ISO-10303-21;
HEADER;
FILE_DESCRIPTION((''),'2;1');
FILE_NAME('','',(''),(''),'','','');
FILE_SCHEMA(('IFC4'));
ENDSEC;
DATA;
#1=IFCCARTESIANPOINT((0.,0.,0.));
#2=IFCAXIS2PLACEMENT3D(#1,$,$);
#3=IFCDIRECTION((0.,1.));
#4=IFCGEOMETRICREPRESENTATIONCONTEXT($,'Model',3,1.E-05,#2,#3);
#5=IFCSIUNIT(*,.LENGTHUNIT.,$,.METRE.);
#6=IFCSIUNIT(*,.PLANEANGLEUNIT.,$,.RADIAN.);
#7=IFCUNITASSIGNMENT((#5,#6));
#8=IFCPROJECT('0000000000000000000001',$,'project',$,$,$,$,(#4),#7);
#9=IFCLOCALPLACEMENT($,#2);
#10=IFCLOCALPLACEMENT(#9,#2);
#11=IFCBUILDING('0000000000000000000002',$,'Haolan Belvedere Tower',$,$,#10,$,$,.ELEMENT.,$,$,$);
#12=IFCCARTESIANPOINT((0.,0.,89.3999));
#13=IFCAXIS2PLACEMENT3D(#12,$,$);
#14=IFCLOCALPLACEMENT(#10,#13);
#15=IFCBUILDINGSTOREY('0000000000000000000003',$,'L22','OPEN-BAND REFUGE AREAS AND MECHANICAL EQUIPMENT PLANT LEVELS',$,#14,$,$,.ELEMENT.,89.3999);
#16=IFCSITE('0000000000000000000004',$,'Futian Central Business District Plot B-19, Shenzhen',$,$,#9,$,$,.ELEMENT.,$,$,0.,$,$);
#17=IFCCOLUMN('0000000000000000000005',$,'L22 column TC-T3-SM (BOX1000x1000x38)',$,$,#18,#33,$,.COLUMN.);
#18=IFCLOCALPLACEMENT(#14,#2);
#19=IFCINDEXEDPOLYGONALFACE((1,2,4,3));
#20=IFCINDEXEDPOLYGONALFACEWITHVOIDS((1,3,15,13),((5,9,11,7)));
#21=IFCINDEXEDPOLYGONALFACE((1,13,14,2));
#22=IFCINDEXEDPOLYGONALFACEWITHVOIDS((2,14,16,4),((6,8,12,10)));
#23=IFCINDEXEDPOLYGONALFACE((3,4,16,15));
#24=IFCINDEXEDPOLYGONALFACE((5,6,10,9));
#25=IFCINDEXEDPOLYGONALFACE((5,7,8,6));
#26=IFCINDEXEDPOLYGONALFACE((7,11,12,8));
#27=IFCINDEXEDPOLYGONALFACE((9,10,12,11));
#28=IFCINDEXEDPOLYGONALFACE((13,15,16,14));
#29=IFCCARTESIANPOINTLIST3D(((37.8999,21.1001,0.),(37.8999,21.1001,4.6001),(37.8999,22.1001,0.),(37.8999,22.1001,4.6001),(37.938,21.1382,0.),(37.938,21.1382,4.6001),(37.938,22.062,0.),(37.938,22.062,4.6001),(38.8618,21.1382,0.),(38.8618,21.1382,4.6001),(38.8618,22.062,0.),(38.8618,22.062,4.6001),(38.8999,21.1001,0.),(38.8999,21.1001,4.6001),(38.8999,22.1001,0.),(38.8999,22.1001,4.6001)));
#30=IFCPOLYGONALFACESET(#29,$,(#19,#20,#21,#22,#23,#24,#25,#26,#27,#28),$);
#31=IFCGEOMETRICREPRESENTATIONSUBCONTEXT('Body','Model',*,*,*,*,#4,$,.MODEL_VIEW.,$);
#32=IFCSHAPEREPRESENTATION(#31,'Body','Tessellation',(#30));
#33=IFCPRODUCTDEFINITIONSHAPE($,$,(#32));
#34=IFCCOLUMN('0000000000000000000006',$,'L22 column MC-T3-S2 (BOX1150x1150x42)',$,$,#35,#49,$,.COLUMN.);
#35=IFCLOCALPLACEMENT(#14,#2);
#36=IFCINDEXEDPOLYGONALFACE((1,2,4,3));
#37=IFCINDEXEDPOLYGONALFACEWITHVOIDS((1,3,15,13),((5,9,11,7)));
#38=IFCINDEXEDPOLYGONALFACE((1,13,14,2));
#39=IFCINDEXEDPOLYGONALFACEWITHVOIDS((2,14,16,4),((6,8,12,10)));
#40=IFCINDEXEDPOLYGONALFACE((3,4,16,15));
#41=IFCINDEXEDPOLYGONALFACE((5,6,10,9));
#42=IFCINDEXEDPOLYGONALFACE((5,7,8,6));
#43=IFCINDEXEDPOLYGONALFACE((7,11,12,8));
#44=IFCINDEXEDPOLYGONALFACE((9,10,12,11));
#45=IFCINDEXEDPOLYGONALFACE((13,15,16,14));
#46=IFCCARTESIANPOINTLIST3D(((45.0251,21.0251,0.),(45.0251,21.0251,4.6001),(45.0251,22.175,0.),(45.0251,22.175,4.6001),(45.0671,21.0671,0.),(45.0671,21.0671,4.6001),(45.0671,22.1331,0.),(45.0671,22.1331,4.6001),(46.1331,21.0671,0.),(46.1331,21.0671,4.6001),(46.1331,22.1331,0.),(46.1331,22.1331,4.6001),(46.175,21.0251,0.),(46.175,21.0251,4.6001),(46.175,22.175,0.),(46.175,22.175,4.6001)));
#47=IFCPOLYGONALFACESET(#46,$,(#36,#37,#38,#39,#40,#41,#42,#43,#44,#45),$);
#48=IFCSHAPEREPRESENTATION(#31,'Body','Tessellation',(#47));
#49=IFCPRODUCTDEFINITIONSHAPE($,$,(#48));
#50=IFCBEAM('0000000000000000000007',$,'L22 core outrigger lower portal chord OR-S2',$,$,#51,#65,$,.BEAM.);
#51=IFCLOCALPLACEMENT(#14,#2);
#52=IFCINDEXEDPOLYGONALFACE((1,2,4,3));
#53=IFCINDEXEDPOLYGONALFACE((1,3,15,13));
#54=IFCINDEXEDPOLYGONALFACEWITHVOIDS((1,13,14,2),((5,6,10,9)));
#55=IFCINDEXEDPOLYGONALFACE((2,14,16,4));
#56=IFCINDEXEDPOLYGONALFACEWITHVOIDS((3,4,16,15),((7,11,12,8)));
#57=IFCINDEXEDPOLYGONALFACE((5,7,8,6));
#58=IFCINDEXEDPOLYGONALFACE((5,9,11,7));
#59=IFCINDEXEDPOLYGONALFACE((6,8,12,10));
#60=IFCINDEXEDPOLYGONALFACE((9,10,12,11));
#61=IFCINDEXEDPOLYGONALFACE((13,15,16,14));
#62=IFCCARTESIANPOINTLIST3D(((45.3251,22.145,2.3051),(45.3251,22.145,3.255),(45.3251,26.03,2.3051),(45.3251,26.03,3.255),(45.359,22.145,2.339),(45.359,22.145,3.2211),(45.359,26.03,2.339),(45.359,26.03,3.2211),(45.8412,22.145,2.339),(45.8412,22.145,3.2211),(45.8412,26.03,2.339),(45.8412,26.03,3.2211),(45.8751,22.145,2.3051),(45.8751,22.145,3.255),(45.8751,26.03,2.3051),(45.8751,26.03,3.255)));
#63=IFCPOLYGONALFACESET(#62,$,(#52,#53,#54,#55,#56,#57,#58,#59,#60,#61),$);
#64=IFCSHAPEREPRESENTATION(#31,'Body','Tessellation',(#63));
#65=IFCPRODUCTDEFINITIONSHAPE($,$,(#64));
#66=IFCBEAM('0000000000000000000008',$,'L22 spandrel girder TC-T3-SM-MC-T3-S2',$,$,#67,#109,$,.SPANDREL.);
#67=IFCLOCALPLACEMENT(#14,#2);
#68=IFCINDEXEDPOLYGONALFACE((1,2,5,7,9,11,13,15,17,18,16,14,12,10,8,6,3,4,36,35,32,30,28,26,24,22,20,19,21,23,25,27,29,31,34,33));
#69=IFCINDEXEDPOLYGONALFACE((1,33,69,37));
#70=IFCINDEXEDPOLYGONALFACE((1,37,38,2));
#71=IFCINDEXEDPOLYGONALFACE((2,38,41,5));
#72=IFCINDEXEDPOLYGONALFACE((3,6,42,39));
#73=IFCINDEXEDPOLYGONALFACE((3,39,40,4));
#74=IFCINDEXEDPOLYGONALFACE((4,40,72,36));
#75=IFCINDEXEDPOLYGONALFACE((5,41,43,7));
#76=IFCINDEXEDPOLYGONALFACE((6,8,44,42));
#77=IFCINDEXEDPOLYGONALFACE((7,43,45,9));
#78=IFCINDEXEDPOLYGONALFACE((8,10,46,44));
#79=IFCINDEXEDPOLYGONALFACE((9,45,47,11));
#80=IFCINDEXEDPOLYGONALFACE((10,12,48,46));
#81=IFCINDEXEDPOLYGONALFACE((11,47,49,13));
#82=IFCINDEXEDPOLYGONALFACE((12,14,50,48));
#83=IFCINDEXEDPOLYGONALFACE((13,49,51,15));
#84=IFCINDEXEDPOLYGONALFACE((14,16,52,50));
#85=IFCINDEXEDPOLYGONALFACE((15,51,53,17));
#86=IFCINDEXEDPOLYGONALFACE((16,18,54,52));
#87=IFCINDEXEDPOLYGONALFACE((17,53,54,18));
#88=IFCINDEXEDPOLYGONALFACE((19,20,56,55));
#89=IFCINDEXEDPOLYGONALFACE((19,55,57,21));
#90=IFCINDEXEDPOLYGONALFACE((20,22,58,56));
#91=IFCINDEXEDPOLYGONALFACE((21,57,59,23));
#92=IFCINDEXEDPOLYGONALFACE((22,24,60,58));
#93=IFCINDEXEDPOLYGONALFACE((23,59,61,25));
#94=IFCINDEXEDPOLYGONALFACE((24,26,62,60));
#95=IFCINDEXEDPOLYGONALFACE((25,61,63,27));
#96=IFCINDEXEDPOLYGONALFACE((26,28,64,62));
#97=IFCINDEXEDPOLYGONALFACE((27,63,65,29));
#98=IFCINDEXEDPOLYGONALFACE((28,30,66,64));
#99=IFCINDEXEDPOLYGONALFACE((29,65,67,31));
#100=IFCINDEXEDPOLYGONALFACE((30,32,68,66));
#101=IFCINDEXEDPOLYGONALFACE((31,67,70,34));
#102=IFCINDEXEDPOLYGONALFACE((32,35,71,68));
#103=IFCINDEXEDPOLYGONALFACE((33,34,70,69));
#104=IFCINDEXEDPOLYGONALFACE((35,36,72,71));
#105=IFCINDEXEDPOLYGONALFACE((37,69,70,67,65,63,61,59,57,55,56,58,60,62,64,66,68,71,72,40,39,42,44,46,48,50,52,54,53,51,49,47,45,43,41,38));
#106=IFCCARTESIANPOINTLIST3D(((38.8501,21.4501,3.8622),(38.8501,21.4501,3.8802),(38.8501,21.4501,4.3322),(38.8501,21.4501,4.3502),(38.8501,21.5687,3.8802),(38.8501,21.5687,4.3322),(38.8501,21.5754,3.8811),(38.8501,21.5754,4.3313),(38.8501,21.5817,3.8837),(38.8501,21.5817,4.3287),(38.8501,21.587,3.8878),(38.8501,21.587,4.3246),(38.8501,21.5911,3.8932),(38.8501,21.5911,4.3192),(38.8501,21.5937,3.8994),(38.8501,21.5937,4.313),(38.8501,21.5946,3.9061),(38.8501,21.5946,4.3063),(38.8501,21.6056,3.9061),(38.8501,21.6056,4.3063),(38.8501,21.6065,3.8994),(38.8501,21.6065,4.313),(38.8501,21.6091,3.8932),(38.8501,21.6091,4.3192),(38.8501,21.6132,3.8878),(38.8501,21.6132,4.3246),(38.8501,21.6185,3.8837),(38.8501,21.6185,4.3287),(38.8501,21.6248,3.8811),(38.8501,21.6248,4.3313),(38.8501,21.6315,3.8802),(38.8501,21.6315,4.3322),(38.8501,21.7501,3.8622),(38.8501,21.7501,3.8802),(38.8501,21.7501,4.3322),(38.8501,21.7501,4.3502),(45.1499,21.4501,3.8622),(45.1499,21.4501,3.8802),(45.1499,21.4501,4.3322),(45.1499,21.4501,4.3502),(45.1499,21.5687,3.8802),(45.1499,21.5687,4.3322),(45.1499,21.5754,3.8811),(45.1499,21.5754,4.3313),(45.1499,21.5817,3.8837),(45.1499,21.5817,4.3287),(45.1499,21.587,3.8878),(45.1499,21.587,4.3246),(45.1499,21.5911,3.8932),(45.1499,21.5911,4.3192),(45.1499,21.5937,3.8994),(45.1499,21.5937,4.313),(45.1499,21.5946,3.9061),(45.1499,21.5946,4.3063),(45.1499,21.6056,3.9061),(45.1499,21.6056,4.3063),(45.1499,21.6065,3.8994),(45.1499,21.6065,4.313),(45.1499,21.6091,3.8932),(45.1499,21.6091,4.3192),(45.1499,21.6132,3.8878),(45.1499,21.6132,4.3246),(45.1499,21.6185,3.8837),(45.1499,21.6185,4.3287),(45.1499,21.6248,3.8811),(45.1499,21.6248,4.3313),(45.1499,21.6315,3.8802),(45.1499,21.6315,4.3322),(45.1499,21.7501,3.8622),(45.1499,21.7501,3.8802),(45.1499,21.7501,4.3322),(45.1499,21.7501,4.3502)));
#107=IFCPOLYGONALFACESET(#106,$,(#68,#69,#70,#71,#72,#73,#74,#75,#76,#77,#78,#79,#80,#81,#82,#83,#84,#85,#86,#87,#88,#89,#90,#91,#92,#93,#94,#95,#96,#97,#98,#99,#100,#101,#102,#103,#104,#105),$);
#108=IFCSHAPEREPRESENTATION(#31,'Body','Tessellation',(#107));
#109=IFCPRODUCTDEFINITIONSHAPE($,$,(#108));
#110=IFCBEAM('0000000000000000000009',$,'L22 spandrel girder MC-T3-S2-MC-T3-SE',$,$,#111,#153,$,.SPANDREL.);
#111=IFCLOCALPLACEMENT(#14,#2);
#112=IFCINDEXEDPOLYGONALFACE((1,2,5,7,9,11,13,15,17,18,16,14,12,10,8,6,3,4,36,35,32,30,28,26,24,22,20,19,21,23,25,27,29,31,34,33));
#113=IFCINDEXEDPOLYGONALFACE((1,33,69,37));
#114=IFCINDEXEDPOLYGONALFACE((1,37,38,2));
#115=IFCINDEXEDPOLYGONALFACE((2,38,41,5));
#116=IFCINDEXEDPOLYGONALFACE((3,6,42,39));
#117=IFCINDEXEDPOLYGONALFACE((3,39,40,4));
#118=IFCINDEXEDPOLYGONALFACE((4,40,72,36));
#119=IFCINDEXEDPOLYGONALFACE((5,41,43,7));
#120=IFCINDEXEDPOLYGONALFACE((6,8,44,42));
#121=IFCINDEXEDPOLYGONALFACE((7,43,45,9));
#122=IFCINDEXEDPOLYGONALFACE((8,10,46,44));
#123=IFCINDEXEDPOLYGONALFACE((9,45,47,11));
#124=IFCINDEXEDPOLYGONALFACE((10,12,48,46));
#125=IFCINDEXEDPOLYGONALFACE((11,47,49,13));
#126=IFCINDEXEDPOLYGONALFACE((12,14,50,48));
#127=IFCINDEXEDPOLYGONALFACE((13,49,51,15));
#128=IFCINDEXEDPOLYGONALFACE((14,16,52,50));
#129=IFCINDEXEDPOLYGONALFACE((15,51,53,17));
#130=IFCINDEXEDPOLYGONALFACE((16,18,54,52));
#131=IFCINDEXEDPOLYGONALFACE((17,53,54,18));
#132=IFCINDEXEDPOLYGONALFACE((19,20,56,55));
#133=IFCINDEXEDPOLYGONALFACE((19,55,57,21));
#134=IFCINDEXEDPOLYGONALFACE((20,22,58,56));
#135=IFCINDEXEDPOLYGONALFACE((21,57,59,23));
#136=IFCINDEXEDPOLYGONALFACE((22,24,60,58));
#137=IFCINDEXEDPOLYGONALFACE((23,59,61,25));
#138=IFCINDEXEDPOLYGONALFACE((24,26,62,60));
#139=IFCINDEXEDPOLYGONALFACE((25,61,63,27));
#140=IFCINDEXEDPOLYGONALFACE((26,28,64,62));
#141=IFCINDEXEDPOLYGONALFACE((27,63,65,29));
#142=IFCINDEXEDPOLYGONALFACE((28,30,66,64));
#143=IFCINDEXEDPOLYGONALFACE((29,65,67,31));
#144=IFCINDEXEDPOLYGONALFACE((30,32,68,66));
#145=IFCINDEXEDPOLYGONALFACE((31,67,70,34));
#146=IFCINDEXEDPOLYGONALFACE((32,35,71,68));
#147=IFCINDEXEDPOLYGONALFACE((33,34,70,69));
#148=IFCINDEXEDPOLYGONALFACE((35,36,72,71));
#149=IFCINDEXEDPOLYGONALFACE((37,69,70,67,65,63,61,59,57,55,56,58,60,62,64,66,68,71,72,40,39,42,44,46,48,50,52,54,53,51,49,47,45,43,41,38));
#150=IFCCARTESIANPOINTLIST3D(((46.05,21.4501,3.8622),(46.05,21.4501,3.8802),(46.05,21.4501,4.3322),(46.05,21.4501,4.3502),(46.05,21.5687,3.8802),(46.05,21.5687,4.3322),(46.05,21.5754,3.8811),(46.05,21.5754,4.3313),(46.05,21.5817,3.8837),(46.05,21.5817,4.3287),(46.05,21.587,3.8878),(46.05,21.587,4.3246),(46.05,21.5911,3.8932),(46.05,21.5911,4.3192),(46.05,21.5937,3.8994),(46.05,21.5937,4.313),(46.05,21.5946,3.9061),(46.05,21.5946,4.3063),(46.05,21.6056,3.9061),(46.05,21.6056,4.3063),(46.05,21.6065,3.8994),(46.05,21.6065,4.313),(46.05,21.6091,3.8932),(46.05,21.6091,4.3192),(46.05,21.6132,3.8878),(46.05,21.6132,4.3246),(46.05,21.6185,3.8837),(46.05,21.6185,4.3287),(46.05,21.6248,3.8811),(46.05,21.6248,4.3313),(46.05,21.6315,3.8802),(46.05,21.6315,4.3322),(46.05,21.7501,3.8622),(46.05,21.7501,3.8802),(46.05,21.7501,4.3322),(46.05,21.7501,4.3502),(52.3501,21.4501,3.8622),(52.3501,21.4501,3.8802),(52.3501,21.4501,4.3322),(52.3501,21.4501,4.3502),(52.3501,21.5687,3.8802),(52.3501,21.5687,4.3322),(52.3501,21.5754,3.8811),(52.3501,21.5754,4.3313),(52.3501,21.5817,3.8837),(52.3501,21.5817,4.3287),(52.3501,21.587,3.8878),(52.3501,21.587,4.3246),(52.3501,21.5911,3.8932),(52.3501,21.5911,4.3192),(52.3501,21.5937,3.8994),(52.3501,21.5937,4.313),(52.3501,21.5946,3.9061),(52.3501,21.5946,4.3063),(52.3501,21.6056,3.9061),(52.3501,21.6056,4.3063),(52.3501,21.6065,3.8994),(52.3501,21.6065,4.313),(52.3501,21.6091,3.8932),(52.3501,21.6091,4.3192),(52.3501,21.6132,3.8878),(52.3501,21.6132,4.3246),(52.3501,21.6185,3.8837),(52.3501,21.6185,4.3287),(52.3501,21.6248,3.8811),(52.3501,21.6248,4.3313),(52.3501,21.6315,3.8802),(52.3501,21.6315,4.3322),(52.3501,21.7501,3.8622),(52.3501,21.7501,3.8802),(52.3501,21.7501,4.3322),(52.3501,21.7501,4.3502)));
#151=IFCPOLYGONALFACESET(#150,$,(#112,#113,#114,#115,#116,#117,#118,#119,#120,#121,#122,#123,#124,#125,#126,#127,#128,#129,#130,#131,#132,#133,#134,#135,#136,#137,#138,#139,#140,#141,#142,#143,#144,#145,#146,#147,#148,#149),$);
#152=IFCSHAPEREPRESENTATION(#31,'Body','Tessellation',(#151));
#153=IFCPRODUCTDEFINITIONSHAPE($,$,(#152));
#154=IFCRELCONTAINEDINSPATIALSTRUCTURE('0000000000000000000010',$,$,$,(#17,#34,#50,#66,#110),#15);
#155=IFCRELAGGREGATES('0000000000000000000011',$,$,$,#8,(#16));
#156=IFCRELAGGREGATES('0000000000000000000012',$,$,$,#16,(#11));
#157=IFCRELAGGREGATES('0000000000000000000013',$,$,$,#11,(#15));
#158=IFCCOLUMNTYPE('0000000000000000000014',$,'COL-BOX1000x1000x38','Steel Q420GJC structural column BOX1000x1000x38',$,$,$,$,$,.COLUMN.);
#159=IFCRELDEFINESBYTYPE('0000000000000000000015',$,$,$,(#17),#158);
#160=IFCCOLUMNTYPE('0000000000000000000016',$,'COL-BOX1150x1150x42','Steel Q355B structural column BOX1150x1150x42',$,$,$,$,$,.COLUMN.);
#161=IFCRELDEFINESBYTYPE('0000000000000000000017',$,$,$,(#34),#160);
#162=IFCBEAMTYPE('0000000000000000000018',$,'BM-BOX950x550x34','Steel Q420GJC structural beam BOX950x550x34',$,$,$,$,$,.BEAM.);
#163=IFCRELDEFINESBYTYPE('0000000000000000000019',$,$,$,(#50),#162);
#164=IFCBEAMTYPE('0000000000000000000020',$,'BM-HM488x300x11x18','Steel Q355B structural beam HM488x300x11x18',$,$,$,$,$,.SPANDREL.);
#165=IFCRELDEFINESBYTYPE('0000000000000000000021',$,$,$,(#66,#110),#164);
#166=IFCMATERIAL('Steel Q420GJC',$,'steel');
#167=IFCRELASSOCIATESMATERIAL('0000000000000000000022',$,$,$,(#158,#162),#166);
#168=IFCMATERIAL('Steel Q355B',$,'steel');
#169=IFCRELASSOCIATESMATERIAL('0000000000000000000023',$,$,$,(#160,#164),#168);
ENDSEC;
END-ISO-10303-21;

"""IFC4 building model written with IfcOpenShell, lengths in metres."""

from ifc_helpers import new_model, si_unit, direction, frame, origin, origin_2d, place, context, subcontext, project, spatial, hollow_rectangle, i_section, extrude, material, material_profile, profile_set, type_object, element, save


model = new_model("IFC4")

# Units and contexts
model_context = context("Model", 3, precision=1e-05, world=origin(), true_north=direction((0.0, 1.0)))
body_context = subcontext(model_context, "Body", "Model", "MODEL_VIEW")
ifc_project = project(units=[si_unit("LENGTHUNIT", "METRE"), si_unit("PLANEANGLEUNIT", "RADIAN")], contexts=[model_context])

# Site, building, storey
site_placement = place(None, origin())
site = spatial("IfcSite", under=ifc_project, at=site_placement, Name="Futian Central Business District Plot B-19, Shenzhen", CompositionType="ELEMENT", RefElevation=0.0)
building_placement = place(site_placement, origin())
building = spatial("IfcBuilding", under=site, at=building_placement, Name="Haolan Belvedere Tower", CompositionType="ELEMENT")
storey_placement = place(building_placement, frame((0.0, 0.0, 89.3999)))
storey = spatial("IfcBuildingStorey", under=building, at=storey_placement, Name="L22", Description="OPEN-BAND REFUGE AREAS AND MECHANICAL EQUIPMENT PLANT LEVELS", CompositionType="ELEMENT", Elevation=89.3999)

# Columns
ifc_material_1 = material(Name="Steel Q420GJC", Category="steel")
ifc_material_profile_1 = material_profile(ifc_material_1, hollow_rectangle(XDim=1.0, YDim=1.0, WallThickness=0.0381, at=origin_2d()), Name="Steel Q420GJC")
ifc_profile_set_1 = profile_set([ifc_material_profile_1], Name="Steel Q420GJC")
column_type_1 = type_object("IfcColumnType", Name="COL-BOX1000x1000x38", Description="Steel Q420GJC structural column BOX1000x1000x38", PredefinedType="COLUMN", material=ifc_profile_set_1)
column_1_placement = place(storey_placement, frame((38.3999, 21.6001, 0.0), z_axis=(0.0, 0.0, 1.0), x_axis=(1.0, 0.0, 0.0)))
element("IfcColumn", 1, at=column_1_placement, inside=storey, type_object=column_type_1, Name="L22 column TC-T3-SM (BOX1000x1000x38)", PredefinedType="COLUMN", context=body_context, shape_type="SweptSolid", body=[
    extrude(hollow_rectangle(XDim=1.0, YDim=1.0, WallThickness=0.0381, at=origin_2d()), origin(), (0.0, 0.0, 1.0), 4.6001),
])
ifc_material_2 = material(Name="Steel Q355B", Category="steel")
ifc_material_profile_2 = material_profile(ifc_material_2, hollow_rectangle(XDim=1.1499, YDim=1.1499, WallThickness=0.042, at=origin_2d()), Name="Steel Q355B")
ifc_profile_set_2 = profile_set([ifc_material_profile_2], Name="Steel Q355B")
column_type_2 = type_object("IfcColumnType", Name="COL-BOX1150x1150x42", Description="Steel Q355B structural column BOX1150x1150x42", PredefinedType="COLUMN", material=ifc_profile_set_2)
column_2_placement = place(storey_placement, frame((45.6001, 21.6001, 0.0), z_axis=(0.0, 0.0, 1.0), x_axis=(1.0, 0.0, 0.0)))
element("IfcColumn", 2, at=column_2_placement, inside=storey, type_object=column_type_2, Name="L22 column MC-T3-S2 (BOX1150x1150x42)", PredefinedType="COLUMN", context=body_context, shape_type="SweptSolid", body=[
    extrude(hollow_rectangle(XDim=1.1499, YDim=1.1499, WallThickness=0.042, at=origin_2d()), origin(), (0.0, 0.0, 1.0), 4.6001),
])

# Beams
ifc_material_profile_3 = material_profile(ifc_material_1, hollow_rectangle(XDim=0.55, YDim=0.95, WallThickness=0.0339, at=origin_2d()), Name="Steel Q420GJC")
ifc_profile_set_3 = profile_set([ifc_material_profile_3], Name="Steel Q420GJC")
beam_type_1 = type_object("IfcBeamType", Name="BM-BOX950x550x34", Description="Steel Q420GJC structural beam BOX950x550x34", PredefinedType="BEAM", material=ifc_profile_set_3)
beam_1_placement = place(storey_placement, frame((45.6001, 26.03, 2.78), z_axis=(0.0, -1.0, 0.0), x_axis=(1.0, 0.0, 0.0)))
element("IfcBeam", 3, at=beam_1_placement, inside=storey, type_object=beam_type_1, Name="L22 core outrigger lower portal chord OR-S2", PredefinedType="BEAM", context=body_context, shape_type="SweptSolid", body=[
    extrude(hollow_rectangle(XDim=0.55, YDim=0.95, WallThickness=0.0339, at=origin_2d()), origin(), (0.0, 0.0, 1.0), 3.885),
])
ifc_material_profile_4 = material_profile(ifc_material_2, i_section(OverallWidth=0.3, OverallDepth=0.488, WebThickness=0.011, FlangeThickness=0.0181, FilletRadius=0.0259, at=origin_2d()), Name="Steel Q355B")
ifc_profile_set_4 = profile_set([ifc_material_profile_4], Name="Steel Q355B")
beam_type_2 = type_object("IfcBeamType", Name="BM-HM488x300x11x18", Description="Steel Q355B structural beam HM488x300x11x18", PredefinedType="SPANDREL", material=ifc_profile_set_4)
beam_2_placement = place(storey_placement, frame((38.8501, 21.6001, 4.1062), z_axis=(1.0, 0.0, 0.0), x_axis=(0.0, 1.0, 0.0)))
element("IfcBeam", 4, at=beam_2_placement, inside=storey, type_object=beam_type_2, Name="L22 spandrel girder TC-T3-SM-MC-T3-S2", PredefinedType="SPANDREL", context=body_context, shape_type="SweptSolid", body=[
    extrude(i_section(OverallWidth=0.3, OverallDepth=0.488, WebThickness=0.011, FlangeThickness=0.0181, FilletRadius=0.0259, at=origin_2d()), origin(), (0.0, 0.0, 1.0), 6.2998),
])
beam_3_placement = place(storey_placement, frame((46.05, 21.6001, 4.1062), z_axis=(1.0, 0.0, 0.0), x_axis=(0.0, 1.0, 0.0)))
element("IfcBeam", 5, at=beam_3_placement, inside=storey, type_object=beam_type_2, Name="L22 spandrel girder MC-T3-S2-MC-T3-SE", PredefinedType="SPANDREL", context=body_context, shape_type="SweptSolid", body=[
    extrude(i_section(OverallWidth=0.3, OverallDepth=0.488, WebThickness=0.011, FlangeThickness=0.0181, FilletRadius=0.0259, at=origin_2d()), origin(), (0.0, 0.0, 1.0), 6.3),
])

save(model, "model.ifc")
